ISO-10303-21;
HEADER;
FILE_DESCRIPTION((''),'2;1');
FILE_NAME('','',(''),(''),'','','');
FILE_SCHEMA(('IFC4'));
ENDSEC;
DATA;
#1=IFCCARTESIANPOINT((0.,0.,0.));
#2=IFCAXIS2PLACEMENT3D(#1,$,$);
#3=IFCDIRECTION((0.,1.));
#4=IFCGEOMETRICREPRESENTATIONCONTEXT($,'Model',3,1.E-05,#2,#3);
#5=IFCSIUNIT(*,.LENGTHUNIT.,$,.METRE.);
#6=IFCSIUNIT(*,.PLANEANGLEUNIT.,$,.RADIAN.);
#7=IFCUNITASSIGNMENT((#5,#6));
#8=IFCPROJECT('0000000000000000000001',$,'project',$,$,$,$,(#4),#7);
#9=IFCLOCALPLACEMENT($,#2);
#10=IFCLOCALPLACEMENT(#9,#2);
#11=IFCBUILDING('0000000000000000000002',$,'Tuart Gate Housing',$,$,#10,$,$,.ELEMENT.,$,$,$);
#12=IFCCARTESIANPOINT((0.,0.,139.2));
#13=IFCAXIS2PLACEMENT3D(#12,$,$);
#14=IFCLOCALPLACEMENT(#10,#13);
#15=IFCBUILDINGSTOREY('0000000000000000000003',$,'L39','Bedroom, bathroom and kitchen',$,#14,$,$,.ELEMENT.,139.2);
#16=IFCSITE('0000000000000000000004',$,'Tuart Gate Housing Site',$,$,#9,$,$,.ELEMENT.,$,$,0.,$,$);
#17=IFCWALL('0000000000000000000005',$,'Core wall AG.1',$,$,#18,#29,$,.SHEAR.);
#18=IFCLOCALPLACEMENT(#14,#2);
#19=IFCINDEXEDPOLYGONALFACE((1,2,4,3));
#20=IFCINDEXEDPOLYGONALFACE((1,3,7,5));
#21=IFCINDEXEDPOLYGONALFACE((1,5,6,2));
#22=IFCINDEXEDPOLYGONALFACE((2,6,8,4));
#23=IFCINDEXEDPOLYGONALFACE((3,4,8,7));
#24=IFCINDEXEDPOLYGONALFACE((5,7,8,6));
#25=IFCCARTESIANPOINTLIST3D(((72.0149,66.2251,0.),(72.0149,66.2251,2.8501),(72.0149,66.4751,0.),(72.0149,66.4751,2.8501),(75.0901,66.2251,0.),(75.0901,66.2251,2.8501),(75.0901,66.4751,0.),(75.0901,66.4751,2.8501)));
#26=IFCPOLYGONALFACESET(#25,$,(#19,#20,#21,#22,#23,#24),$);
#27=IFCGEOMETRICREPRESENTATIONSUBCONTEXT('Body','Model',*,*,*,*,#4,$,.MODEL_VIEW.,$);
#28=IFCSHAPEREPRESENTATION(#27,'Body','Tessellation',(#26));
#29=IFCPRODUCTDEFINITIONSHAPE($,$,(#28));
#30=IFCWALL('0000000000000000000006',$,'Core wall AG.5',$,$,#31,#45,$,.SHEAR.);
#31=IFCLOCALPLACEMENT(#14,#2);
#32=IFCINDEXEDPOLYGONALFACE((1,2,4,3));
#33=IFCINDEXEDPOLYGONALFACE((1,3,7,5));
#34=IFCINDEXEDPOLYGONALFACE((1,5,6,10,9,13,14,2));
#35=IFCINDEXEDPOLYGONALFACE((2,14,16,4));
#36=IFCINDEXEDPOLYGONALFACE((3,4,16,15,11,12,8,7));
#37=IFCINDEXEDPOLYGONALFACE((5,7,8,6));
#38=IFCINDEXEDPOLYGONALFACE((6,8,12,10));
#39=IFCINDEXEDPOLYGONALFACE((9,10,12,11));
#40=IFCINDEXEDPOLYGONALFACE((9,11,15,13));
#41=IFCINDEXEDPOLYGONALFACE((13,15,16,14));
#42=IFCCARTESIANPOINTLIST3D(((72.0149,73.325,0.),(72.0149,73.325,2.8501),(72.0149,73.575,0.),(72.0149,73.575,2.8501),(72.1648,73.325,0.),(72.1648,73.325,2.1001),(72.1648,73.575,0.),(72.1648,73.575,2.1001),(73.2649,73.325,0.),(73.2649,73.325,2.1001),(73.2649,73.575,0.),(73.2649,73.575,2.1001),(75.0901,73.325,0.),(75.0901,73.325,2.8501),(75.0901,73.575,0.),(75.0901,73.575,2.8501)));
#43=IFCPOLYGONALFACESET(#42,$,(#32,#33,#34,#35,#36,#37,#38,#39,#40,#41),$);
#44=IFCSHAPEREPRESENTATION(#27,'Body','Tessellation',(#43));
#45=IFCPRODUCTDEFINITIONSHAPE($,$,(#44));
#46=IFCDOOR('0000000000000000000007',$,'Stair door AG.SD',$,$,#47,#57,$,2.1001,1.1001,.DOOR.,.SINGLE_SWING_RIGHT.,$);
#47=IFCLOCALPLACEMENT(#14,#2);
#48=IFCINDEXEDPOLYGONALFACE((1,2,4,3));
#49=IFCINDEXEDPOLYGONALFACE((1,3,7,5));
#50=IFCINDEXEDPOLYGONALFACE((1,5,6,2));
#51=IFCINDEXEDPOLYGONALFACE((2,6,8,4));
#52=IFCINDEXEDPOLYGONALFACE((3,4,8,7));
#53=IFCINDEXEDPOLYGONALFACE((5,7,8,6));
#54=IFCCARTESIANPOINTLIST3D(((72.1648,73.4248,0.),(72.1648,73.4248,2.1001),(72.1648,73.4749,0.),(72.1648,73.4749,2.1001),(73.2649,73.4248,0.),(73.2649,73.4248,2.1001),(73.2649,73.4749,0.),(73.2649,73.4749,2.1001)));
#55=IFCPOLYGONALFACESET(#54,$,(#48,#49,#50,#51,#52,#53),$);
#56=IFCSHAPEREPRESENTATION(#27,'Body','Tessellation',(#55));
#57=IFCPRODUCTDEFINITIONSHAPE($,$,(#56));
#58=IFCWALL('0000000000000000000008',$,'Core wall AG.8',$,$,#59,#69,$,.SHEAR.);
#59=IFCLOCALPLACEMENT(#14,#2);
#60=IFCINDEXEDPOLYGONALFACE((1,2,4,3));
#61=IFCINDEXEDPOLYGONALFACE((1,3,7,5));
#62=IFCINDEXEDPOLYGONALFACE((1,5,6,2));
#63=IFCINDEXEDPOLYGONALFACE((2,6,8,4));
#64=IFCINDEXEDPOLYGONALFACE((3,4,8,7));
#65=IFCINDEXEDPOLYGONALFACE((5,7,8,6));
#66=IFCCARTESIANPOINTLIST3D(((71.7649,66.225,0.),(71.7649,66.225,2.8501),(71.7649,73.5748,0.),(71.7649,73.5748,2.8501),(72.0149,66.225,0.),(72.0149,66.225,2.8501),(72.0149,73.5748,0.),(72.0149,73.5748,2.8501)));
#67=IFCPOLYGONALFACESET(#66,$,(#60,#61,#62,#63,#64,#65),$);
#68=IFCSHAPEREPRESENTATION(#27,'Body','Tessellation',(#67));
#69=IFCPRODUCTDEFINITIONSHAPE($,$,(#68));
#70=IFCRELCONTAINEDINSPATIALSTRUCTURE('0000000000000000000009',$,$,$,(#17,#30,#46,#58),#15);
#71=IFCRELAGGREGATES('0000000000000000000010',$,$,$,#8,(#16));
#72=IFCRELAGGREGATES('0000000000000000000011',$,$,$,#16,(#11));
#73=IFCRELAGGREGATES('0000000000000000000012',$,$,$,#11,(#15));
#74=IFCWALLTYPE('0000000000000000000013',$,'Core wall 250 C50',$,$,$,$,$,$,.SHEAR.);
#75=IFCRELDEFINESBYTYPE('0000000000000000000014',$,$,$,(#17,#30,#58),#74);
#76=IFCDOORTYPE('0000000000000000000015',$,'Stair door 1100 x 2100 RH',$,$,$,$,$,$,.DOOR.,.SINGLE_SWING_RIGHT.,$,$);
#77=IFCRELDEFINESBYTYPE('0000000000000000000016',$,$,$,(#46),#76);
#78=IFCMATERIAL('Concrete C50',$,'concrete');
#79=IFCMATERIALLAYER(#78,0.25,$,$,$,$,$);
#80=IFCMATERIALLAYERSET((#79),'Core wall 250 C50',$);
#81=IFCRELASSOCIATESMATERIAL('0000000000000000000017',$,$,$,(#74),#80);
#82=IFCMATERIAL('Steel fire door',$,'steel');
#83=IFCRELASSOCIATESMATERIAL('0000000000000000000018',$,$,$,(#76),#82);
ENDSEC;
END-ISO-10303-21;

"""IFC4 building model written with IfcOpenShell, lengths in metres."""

from ifc_helpers import new_model, si_unit, direction, frame, frame_2d, origin, place, context, subcontext, project, spatial, rectangle, extrude, material, layer, layer_set, type_object, element, fill, save


model = new_model("IFC4")

# Units and contexts
model_context = context("Model", 3, precision=1e-05, world=origin(), true_north=direction((0.0, 1.0)))
body_context = subcontext(model_context, "Body", "Model", "MODEL_VIEW")
ifc_project = project(units=[si_unit("LENGTHUNIT", "METRE"), si_unit("PLANEANGLEUNIT", "RADIAN")], contexts=[model_context])

# Site, building, storey
site_placement = place(None, origin())
site = spatial("IfcSite", under=ifc_project, at=site_placement, Name="Tuart Gate Housing Site", CompositionType="ELEMENT", RefElevation=0.0)
building_placement = place(site_placement, origin())
building = spatial("IfcBuilding", under=site, at=building_placement, Name="Tuart Gate Housing", CompositionType="ELEMENT")
storey_placement = place(building_placement, frame((0.0, 0.0, 139.2)))
storey = spatial("IfcBuildingStorey", under=building, at=storey_placement, Name="L39", Description="Bedroom, bathroom and kitchen", CompositionType="ELEMENT", Elevation=139.2)

# Wall
ifc_material_1 = material(Name="Concrete C50", Category="concrete")
ifc_layer_1 = layer(ifc_material_1, 0.25)
ifc_layer_set_1 = layer_set([ifc_layer_1], Name="Core wall 250 C50")
wall_type_1 = type_object("IfcWallType", Name="Core wall 250 C50", PredefinedType="SHEAR", material=ifc_layer_set_1)
wall_1_placement = place(storey_placement, frame((72.0149, 66.3501, 0.0), z_axis=(0.0, 0.0, 1.0), x_axis=(1.0, 0.0, 0.0)))
element("IfcWall", 1, at=wall_1_placement, inside=storey, type_object=wall_type_1, Name="Core wall AG.1", PredefinedType="SHEAR", context=body_context, shape_type="SweptSolid", body=[
    extrude(rectangle(XDim=3.0752, YDim=0.25, at=frame_2d((1.5376, 0.0))), origin(), (0.0, 0.0, 1.0), 2.8501),
])

# Wall, opening, door
wall_2_placement = place(storey_placement, frame((72.0149, 73.45, 0.0), z_axis=(0.0, 0.0, 1.0), x_axis=(1.0, 0.0, 0.0)))
wall_2 = element("IfcWall", 2, at=wall_2_placement, inside=storey, type_object=wall_type_1, Name="Core wall AG.5", PredefinedType="SHEAR", context=body_context, shape_type="SweptSolid", body=[
    extrude(rectangle(XDim=3.0752, YDim=0.25, at=frame_2d((1.5376, 0.0))), origin(), (0.0, 0.0, 1.0), 2.8501),
])
opening_1_placement = place(wall_2_placement, frame((0.1499, 0.0, 0.0)))
opening_1 = element("IfcOpeningElement", 3, at=opening_1_placement, cuts=wall_2, PredefinedType="OPENING", context=body_context, shape_type="SweptSolid", body=[
    extrude(rectangle(XDim=1.1001, YDim=2.1001, at=frame_2d((0.55, 1.05))), frame((0.0, 0.135, 0.0), z_axis=(0.0, -1.0, 0.0), x_axis=(1.0, 0.0, 0.0)), (0.0, 0.0, 1.0), 0.27),
])
ifc_material_2 = material(Name="Steel fire door", Category="steel")
door_type = type_object("IfcDoorType", Name="Stair door 1100 x 2100 RH", OperationType="SINGLE_SWING_RIGHT", PredefinedType="DOOR", material=ifc_material_2)
door_placement = place(opening_1_placement, frame((1.1001, 0.0, 0.0), z_axis=(0.0, 0.0, 1.0), x_axis=(-1.0, 0.0, 0.0)))
door = element("IfcDoor", 4, at=door_placement, inside=storey, type_object=door_type, Name="Stair door AG.SD", OperationType="SINGLE_SWING_RIGHT", OverallHeight=2.1001, OverallWidth=1.1001, PredefinedType="DOOR", context=body_context, shape_type="SweptSolid", body=[
    extrude(rectangle(XDim=1.1001, YDim=2.1001, at=frame_2d((0.55, 1.05))), frame((0.0, 0.0251, 0.0), z_axis=(0.0, -1.0, 0.0), x_axis=(1.0, 0.0, 0.0)), (0.0, 0.0, 1.0), 0.05),
])
fill(opening_1, door)

# Wall
wall_3_placement = place(storey_placement, frame((71.8899, 66.2251, 0.0), z_axis=(0.0, 0.0, 1.0), x_axis=(0.0, 1.0, 0.0)))
element("IfcWall", 5, at=wall_3_placement, inside=storey, type_object=wall_type_1, Name="Core wall AG.8", PredefinedType="SHEAR", context=body_context, shape_type="SweptSolid", body=[
    extrude(rectangle(XDim=7.3499, YDim=0.25, at=frame_2d((3.6748, 0.0))), origin(), (0.0, 0.0, 1.0), 2.8501),
])

save(model, "model.ifc")
